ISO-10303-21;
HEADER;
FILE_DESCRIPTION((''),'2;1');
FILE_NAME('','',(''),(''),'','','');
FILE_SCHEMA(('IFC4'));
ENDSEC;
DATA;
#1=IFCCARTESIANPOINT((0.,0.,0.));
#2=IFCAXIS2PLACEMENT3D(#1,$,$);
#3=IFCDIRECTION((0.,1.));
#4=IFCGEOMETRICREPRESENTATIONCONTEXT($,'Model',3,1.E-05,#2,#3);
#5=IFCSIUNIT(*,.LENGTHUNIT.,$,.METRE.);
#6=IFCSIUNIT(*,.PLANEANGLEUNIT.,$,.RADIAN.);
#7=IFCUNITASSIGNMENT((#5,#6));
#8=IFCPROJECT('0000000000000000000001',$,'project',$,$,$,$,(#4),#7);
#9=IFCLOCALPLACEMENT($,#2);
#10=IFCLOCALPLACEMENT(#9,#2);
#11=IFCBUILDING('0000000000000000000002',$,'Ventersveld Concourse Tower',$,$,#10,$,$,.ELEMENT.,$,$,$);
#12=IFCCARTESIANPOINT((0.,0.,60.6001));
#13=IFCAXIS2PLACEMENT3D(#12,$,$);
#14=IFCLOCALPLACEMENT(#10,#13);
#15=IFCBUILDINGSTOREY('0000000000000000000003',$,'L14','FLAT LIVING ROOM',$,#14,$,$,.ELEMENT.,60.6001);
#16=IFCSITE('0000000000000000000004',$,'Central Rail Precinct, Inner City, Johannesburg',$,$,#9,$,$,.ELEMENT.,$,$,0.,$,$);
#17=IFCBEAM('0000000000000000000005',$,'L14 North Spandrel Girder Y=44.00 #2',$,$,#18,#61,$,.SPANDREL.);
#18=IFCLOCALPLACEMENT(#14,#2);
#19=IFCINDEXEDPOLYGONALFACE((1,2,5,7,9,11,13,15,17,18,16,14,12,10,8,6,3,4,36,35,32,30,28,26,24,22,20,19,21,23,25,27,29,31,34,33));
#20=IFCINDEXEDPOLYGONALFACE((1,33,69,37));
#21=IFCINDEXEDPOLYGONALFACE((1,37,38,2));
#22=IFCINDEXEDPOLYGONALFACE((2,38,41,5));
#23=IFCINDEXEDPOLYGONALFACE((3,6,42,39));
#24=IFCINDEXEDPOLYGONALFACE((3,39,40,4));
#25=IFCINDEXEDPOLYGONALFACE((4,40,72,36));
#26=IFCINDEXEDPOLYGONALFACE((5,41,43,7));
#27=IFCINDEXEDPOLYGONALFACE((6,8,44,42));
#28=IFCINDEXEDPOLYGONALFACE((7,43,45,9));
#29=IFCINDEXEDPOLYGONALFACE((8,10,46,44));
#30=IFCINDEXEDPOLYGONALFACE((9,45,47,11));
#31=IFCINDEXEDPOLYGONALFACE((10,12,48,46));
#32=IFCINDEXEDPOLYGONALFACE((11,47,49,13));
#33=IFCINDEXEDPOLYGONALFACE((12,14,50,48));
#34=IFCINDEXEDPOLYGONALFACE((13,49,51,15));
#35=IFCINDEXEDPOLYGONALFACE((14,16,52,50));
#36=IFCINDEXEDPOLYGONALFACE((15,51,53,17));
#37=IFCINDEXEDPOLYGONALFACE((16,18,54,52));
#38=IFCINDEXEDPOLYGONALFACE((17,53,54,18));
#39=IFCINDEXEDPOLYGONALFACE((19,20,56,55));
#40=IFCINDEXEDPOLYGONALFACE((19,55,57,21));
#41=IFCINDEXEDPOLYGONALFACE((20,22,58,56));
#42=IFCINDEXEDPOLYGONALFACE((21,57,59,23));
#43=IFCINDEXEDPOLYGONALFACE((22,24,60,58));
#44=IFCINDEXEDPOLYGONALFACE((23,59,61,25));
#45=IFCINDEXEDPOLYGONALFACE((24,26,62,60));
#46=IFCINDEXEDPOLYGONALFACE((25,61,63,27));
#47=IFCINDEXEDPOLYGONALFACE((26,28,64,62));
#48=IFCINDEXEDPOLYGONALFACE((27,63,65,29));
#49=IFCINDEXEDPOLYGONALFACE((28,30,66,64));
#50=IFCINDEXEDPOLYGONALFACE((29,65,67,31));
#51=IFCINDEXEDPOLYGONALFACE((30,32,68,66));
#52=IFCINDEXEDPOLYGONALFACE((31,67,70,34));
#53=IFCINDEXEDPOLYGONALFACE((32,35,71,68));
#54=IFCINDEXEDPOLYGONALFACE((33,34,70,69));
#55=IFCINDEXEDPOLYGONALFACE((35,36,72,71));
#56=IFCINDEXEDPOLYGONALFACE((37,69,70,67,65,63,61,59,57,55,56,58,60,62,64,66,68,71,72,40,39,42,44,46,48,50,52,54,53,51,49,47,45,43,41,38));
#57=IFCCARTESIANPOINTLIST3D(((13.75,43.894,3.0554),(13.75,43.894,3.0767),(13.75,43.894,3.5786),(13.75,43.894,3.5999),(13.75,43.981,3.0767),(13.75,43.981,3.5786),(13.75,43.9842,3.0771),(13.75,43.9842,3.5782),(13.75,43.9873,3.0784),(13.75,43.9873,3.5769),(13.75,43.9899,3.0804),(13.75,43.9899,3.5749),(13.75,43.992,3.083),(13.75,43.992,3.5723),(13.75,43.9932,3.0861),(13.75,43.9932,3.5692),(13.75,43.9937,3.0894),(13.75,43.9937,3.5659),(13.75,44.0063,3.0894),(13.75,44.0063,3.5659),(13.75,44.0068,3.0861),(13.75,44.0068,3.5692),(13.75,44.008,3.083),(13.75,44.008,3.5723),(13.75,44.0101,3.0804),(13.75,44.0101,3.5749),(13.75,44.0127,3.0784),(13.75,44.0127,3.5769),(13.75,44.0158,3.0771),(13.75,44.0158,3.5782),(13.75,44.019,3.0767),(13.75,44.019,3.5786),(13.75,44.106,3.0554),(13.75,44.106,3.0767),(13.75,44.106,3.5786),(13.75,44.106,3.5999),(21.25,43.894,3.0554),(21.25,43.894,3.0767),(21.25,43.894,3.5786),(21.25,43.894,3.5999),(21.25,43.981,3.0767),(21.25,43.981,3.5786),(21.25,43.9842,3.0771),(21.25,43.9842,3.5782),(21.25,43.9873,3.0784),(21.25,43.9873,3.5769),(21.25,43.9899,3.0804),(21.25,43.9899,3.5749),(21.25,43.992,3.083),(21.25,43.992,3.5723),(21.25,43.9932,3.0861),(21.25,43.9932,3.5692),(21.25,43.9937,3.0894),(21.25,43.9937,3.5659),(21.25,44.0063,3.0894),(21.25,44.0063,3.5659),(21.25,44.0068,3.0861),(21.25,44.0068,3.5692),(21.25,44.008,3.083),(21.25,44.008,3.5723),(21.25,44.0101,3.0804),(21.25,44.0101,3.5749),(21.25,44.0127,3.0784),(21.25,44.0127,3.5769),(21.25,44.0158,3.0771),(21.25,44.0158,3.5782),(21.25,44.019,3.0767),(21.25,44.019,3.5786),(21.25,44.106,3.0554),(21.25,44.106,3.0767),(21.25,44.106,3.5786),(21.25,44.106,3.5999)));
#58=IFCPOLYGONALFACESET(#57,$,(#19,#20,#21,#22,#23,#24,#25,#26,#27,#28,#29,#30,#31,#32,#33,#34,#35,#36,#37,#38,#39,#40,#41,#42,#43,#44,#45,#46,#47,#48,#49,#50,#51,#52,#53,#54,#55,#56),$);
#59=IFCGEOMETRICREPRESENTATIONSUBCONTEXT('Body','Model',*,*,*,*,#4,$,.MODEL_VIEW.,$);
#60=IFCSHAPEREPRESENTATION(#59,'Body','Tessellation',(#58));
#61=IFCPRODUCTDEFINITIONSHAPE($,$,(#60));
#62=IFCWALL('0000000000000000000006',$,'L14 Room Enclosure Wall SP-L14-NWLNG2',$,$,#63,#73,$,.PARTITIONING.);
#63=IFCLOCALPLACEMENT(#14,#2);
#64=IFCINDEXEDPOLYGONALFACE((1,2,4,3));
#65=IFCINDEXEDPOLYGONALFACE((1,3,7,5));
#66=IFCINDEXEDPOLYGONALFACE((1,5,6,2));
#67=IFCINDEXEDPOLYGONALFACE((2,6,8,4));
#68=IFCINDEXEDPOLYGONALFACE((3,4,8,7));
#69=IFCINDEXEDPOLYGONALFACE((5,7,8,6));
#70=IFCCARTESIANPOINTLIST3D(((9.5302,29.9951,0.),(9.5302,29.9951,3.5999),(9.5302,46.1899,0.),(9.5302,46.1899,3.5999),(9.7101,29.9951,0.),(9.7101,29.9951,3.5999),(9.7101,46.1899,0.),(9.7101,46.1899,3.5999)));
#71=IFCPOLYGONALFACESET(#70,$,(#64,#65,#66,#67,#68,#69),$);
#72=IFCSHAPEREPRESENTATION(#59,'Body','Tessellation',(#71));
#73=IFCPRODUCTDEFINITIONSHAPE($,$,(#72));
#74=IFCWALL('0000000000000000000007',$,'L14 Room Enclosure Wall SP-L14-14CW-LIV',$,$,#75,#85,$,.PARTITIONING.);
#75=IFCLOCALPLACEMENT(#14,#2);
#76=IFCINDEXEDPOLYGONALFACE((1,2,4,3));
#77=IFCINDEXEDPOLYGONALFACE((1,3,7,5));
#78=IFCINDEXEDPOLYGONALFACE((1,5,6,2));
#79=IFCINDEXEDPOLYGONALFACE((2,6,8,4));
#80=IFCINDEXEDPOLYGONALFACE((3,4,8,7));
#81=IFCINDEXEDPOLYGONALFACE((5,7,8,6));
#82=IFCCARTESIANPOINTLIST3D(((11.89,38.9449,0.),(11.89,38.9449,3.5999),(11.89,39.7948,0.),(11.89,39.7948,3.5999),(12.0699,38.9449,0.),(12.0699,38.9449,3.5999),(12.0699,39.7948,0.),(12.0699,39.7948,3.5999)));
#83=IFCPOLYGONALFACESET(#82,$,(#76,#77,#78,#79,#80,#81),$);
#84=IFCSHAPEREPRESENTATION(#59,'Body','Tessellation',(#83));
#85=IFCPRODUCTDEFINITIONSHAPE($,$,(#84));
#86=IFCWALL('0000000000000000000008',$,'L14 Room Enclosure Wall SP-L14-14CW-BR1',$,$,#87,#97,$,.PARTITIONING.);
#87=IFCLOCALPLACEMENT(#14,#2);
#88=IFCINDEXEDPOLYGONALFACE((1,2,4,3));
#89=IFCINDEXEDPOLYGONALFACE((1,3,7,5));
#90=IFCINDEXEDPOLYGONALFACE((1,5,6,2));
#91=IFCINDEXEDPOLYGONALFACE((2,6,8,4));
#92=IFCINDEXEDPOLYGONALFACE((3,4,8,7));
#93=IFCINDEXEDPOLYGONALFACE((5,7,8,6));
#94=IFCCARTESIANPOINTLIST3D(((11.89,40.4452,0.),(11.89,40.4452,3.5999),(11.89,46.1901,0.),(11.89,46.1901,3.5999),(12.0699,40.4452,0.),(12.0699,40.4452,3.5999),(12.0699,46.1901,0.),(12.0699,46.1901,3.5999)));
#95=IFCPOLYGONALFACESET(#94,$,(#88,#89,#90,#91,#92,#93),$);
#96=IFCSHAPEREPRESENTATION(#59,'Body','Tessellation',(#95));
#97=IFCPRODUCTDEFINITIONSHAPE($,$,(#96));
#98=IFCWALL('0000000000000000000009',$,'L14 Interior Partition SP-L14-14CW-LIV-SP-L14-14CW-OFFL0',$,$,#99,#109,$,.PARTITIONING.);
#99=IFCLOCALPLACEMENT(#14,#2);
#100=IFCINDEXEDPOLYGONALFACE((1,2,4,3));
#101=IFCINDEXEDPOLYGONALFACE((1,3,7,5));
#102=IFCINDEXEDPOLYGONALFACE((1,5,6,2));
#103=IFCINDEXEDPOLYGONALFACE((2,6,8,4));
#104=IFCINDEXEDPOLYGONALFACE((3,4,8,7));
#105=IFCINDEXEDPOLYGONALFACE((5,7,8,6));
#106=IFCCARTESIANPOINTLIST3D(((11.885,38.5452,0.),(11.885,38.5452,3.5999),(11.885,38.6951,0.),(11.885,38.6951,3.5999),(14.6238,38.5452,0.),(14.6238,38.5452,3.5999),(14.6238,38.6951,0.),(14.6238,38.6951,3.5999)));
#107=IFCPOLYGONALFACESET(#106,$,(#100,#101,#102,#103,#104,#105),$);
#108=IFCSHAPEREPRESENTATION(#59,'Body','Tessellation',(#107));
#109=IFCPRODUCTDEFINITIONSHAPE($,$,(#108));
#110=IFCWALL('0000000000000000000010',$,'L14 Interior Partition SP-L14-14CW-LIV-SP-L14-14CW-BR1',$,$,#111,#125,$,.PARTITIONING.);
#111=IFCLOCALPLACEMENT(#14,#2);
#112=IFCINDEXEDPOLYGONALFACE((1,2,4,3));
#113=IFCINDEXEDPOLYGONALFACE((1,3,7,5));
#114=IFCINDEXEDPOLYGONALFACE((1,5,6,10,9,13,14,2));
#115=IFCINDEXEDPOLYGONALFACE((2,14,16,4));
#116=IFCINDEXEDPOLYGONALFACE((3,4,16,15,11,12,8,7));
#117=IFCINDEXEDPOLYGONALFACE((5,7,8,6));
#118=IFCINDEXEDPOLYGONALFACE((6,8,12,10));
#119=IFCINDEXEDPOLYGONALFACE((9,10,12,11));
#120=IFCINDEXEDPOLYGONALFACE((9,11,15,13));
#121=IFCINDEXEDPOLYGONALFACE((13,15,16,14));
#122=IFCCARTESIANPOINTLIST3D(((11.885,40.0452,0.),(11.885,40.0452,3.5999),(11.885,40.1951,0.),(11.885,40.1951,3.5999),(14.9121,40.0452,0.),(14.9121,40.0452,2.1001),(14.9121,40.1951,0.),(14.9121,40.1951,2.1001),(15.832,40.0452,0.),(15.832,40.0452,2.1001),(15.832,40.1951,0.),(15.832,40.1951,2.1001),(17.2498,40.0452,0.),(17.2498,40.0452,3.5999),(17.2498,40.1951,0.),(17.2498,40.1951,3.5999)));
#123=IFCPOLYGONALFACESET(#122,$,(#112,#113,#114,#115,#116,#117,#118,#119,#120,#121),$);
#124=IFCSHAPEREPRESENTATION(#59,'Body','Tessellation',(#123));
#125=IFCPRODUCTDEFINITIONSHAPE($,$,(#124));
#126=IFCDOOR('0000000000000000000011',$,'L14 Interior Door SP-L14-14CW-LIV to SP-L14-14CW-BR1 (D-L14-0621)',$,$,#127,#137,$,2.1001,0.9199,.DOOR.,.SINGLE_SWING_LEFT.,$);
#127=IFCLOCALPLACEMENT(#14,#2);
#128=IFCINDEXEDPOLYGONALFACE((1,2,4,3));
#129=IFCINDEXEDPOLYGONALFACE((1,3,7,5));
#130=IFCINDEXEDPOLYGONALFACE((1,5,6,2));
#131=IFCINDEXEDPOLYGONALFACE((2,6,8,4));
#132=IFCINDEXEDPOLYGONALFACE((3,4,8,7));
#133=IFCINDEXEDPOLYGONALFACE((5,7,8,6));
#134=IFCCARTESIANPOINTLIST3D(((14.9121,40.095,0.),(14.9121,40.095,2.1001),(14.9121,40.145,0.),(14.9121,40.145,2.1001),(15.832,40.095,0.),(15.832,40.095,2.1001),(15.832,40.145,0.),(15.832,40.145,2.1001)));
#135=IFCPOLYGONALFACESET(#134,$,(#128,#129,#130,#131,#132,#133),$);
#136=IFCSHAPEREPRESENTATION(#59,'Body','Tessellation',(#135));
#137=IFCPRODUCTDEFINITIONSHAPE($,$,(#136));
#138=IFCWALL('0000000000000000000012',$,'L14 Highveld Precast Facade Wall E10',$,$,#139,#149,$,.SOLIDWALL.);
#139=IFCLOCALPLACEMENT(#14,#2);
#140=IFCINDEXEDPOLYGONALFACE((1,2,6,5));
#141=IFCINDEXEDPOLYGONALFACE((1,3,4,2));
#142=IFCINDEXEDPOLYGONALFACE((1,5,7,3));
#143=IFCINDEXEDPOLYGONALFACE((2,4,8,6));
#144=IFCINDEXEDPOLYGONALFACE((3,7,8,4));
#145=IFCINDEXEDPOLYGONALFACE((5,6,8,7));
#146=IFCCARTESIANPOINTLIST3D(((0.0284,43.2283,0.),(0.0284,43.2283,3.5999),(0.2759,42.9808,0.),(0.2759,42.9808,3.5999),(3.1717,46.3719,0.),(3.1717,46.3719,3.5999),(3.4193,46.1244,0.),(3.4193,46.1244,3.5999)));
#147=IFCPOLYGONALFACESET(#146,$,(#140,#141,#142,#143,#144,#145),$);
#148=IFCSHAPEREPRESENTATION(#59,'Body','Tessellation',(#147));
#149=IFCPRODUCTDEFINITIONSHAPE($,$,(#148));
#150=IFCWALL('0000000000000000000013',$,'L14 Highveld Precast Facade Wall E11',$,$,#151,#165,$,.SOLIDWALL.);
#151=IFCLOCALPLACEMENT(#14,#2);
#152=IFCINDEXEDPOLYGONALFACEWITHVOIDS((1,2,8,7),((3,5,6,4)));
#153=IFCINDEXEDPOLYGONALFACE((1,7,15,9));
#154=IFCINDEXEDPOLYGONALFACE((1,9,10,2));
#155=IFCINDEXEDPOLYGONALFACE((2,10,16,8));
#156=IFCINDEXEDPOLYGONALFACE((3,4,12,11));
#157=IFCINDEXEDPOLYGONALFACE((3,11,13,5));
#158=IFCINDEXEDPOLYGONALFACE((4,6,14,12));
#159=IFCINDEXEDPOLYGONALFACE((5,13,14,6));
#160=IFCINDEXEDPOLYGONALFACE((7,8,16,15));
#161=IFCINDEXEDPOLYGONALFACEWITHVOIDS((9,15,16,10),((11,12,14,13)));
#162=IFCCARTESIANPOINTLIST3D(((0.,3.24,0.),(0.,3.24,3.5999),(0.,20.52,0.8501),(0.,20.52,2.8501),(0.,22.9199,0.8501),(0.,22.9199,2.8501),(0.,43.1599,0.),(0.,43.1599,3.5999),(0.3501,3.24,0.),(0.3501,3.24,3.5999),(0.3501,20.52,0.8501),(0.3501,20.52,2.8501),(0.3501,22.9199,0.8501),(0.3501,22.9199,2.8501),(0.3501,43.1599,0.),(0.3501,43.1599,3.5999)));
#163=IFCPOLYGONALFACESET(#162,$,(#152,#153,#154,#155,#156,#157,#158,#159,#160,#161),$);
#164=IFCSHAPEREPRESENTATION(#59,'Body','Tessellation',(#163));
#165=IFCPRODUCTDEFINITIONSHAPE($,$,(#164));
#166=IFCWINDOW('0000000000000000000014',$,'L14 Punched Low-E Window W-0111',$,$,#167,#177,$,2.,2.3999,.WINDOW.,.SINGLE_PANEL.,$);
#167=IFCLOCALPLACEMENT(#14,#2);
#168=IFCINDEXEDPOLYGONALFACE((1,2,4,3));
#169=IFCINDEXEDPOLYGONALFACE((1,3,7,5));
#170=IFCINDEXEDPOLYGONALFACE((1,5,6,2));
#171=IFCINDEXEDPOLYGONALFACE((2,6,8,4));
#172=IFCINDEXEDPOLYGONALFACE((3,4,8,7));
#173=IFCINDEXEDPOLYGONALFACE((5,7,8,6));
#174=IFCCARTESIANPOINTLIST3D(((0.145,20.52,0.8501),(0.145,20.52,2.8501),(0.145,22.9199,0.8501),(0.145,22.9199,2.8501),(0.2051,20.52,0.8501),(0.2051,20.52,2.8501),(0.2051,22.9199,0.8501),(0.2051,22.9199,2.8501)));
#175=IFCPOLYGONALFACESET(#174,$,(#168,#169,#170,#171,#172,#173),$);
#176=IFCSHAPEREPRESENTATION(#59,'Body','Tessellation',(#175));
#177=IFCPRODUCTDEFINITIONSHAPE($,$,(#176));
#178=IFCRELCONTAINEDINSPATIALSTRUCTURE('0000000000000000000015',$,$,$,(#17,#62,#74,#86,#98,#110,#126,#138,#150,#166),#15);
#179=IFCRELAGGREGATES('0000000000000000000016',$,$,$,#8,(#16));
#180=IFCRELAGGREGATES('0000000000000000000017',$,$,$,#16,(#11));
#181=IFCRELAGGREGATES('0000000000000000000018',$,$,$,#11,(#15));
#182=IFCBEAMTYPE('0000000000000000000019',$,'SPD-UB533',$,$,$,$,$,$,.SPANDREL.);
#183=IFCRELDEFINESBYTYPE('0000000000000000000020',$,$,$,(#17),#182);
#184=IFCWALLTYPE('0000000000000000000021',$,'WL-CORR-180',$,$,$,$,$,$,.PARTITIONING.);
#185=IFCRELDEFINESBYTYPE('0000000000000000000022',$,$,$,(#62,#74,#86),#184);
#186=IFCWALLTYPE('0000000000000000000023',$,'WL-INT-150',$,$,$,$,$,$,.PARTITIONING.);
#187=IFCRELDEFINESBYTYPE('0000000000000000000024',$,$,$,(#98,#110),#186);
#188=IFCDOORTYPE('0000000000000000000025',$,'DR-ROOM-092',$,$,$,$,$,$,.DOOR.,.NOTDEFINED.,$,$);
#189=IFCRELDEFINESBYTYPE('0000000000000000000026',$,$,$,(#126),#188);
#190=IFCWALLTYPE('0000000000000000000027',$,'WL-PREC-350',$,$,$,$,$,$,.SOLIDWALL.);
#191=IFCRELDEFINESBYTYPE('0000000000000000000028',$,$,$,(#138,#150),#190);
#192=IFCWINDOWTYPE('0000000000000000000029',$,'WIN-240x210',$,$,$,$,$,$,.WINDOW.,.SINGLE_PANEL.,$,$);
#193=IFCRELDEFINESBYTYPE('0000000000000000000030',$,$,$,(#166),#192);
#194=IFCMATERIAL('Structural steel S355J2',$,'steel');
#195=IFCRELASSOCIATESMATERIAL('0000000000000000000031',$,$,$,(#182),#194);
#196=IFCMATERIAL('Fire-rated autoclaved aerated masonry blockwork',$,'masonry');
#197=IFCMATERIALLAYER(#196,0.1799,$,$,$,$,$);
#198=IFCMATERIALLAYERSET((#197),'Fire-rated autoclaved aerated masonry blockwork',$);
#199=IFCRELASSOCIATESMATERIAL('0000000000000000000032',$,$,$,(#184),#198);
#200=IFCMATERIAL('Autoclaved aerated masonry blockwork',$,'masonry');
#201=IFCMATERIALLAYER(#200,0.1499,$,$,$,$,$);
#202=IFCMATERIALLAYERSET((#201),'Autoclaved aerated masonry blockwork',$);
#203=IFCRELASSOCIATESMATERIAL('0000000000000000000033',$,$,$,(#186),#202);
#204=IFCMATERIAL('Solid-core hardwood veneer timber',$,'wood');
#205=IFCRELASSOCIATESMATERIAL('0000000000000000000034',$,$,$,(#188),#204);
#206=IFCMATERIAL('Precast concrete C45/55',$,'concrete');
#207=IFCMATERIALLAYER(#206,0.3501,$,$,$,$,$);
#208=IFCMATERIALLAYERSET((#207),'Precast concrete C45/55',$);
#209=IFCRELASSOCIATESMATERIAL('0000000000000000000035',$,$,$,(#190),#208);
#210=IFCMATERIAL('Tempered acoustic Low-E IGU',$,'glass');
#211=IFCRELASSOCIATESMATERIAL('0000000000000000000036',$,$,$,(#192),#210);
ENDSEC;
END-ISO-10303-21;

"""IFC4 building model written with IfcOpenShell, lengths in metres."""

from ifc_helpers import new_model, si_unit, direction, frame, frame_2d, origin, origin_2d, place, context, subcontext, project, spatial, rectangle, i_section, extrude, material, layer, layer_set, material_profile, profile_set, type_object, element, fill, save


model = new_model("IFC4")

# Units and contexts
model_context = context("Model", 3, precision=1e-05, world=origin(), true_north=direction((0.0, 1.0)))
body_context = subcontext(model_context, "Body", "Model", "MODEL_VIEW")
ifc_project = project(units=[si_unit("LENGTHUNIT", "METRE"), si_unit("PLANEANGLEUNIT", "RADIAN")], contexts=[model_context])

# Site, building, storey
site_placement = place(None, origin())
site = spatial("IfcSite", under=ifc_project, at=site_placement, Name="Central Rail Precinct, Inner City, Johannesburg", CompositionType="ELEMENT", RefElevation=0.0)
building_placement = place(site_placement, origin())
building = spatial("IfcBuilding", under=site, at=building_placement, Name="Ventersveld Concourse Tower", CompositionType="ELEMENT")
storey_placement = place(building_placement, frame((0.0, 0.0, 60.6001)))
storey = spatial("IfcBuildingStorey", under=building, at=storey_placement, Name="L14", Description="FLAT LIVING ROOM", CompositionType="ELEMENT", Elevation=60.6001)

# Beam
ifc_material_1 = material(Name="Structural steel S355J2", Category="steel")
ifc_material_profile_1 = material_profile(ifc_material_1, i_section(OverallWidth=0.2119, OverallDepth=0.5444, WebThickness=0.0127, FlangeThickness=0.0212, FilletRadius=0.0127, at=origin_2d()), Name="UB 533x210x122")
ifc_profile_set_1 = profile_set([ifc_material_profile_1], Name="Structural steel S355J2")
beam_type_1 = type_object("IfcBeamType", Name="SPD-UB533", PredefinedType="SPANDREL", material=ifc_profile_set_1)
beam_1_placement = place(storey_placement, frame((13.75, 44.0, 3.3276), z_axis=(1.0, 0.0, 0.0), x_axis=(0.0, 1.0, 0.0)))
element("IfcBeam", 1, at=beam_1_placement, inside=storey, type_object=beam_type_1, Name="L14 North Spandrel Girder Y=44.00 #2", PredefinedType="SPANDREL", context=body_context, shape_type="SweptSolid", body=[
    extrude(i_section(OverallWidth=0.2119, OverallDepth=0.5444, WebThickness=0.0127, FlangeThickness=0.0212, FilletRadius=0.0127, at=origin_2d()), origin(), (0.0, 0.0, 1.0), 7.5),
])

# Walls
ifc_material_2 = material(Name="Fire-rated autoclaved aerated masonry blockwork", Category="masonry")
ifc_layer_1 = layer(ifc_material_2, 0.1799)
ifc_layer_set_1 = layer_set([ifc_layer_1], Name="Fire-rated autoclaved aerated masonry blockwork")
wall_type_1 = type_object("IfcWallType", Name="WL-CORR-180", PredefinedType="PARTITIONING", material=ifc_layer_set_1)
wall_1_placement = place(storey_placement, frame((9.6201, 46.1899, 0.0), z_axis=(0.0, 0.0, 1.0), x_axis=(0.0, -1.0, 0.0)))
element("IfcWall", 2, at=wall_1_placement, inside=storey, type_object=wall_type_1, Name="L14 Room Enclosure Wall SP-L14-NWLNG2", PredefinedType="PARTITIONING", context=body_context, shape_type="SweptSolid", body=[
    extrude(rectangle(XDim=16.1948, YDim=0.1799, at=frame_2d((8.0974, 0.0))), origin(), (0.0, 0.0, 1.0), 3.5999),
])
wall_2_placement = place(storey_placement, frame((11.98, 38.9451, 0.0), z_axis=(0.0, 0.0, 1.0), x_axis=(0.0, 1.0, 0.0)))
element("IfcWall", 3, at=wall_2_placement, inside=storey, type_object=wall_type_1, Name="L14 Room Enclosure Wall SP-L14-14CW-LIV", PredefinedType="PARTITIONING", context=body_context, shape_type="SweptSolid", body=[
    extrude(rectangle(XDim=0.8499, YDim=0.1799, at=frame_2d((0.4248, 0.0))), origin(), (0.0, 0.0, 1.0), 3.5999),
])
wall_3_placement = place(storey_placement, frame((11.98, 40.4451, 0.0), z_axis=(0.0, 0.0, 1.0), x_axis=(0.0, 1.0, 0.0)))
element("IfcWall", 4, at=wall_3_placement, inside=storey, type_object=wall_type_1, Name="L14 Room Enclosure Wall SP-L14-14CW-BR1", PredefinedType="PARTITIONING", context=body_context, shape_type="SweptSolid", body=[
    extrude(rectangle(XDim=5.7449, YDim=0.1799, at=frame_2d((2.8726, 0.0))), origin(), (0.0, 0.0, 1.0), 3.5999),
])
ifc_material_3 = material(Name="Autoclaved aerated masonry blockwork", Category="masonry")
ifc_layer_2 = layer(ifc_material_3, 0.1499)
ifc_layer_set_2 = layer_set([ifc_layer_2], Name="Autoclaved aerated masonry blockwork")
wall_type_2 = type_object("IfcWallType", Name="WL-INT-150", PredefinedType="PARTITIONING", material=ifc_layer_set_2)
wall_4_placement = place(storey_placement, frame((11.885, 38.6201, 0.0), z_axis=(0.0, 0.0, 1.0), x_axis=(1.0, 0.0, 0.0)))
element("IfcWall", 5, at=wall_4_placement, inside=storey, type_object=wall_type_2, Name="L14 Interior Partition SP-L14-14CW-LIV-SP-L14-14CW-OFFL0", PredefinedType="PARTITIONING", context=body_context, shape_type="SweptSolid", body=[
    extrude(rectangle(XDim=2.7388, YDim=0.1499, at=frame_2d((1.3694, 0.0))), origin(), (0.0, 0.0, 1.0), 3.5999),
])

# Wall, opening, door
wall_5_placement = place(storey_placement, frame((11.885, 40.1201, 0.0), z_axis=(0.0, 0.0, 1.0), x_axis=(1.0, 0.0, 0.0)))
wall_5 = element("IfcWall", 6, at=wall_5_placement, inside=storey, type_object=wall_type_2, Name="L14 Interior Partition SP-L14-14CW-LIV-SP-L14-14CW-BR1", PredefinedType="PARTITIONING", context=body_context, shape_type="SweptSolid", body=[
    extrude(rectangle(XDim=5.3647, YDim=0.1499, at=frame_2d((2.6824, 0.0))), origin(), (0.0, 0.0, 1.0), 3.5999),
])
opening_1_placement = place(wall_5_placement, frame((3.0271, 0.0, 0.0)))
opening_1 = element("IfcOpeningElement", 7, at=opening_1_placement, cuts=wall_5, PredefinedType="OPENING", context=body_context, shape_type="SweptSolid", body=[
    extrude(rectangle(XDim=0.9199, YDim=2.1001, at=frame_2d((0.46, 1.05))), frame((0.0, 0.085, 0.0), z_axis=(0.0, -1.0, 0.0), x_axis=(1.0, 0.0, 0.0)), (0.0, 0.0, 1.0), 0.1699),
])
ifc_material_4 = material(Name="Solid-core hardwood veneer timber", Category="wood")
door_type = type_object("IfcDoorType", Name="DR-ROOM-092", OperationType="NOTDEFINED", PredefinedType="DOOR", material=ifc_material_4)
door_placement = place(opening_1_placement, origin())
door = element("IfcDoor", 8, at=door_placement, inside=storey, type_object=door_type, Name="L14 Interior Door SP-L14-14CW-LIV to SP-L14-14CW-BR1 (D-L14-0621)", OperationType="SINGLE_SWING_LEFT", OverallHeight=2.1001, OverallWidth=0.9199, PredefinedType="DOOR", context=body_context, shape_type="SweptSolid", body=[
    extrude(rectangle(XDim=0.9199, YDim=2.1001, at=frame_2d((0.46, 1.05))), frame((0.0, 0.0249, 0.0), z_axis=(0.0, -1.0, 0.0), x_axis=(1.0, 0.0, 0.0)), (0.0, 0.0, 1.0), 0.05),
])
fill(opening_1, door)

# Wall
ifc_material_5 = material(Name="Precast concrete C45/55", Category="concrete")
ifc_layer_3 = layer(ifc_material_5, 0.3501)
ifc_layer_set_3 = layer_set([ifc_layer_3], Name="Precast concrete C45/55")
wall_type_3 = type_object("IfcWallType", Name="WL-PREC-350", PredefinedType="SOLIDWALL", material=ifc_layer_set_3)
wall_6_placement = place(storey_placement, frame((3.2954, 46.248, 0.0), z_axis=(0.0, 0.0, 1.0), x_axis=(-0.707079, -0.707134, 0.0)))
element("IfcWall", 9, at=wall_6_placement, inside=storey, type_object=wall_type_3, Name="L14 Highveld Precast Facade Wall E10", PredefinedType="SOLIDWALL", context=body_context, shape_type="SweptSolid", body=[
    extrude(rectangle(XDim=4.4456, YDim=0.3501, at=frame_2d((2.2227, 0.0))), origin(), (0.0, 0.0, 1.0), 3.5999),
])

# Wall, opening, window
wall_7_placement = place(storey_placement, frame((0.175, 43.1599, 0.0), z_axis=(0.0, 0.0, 1.0), x_axis=(0.0, -1.0, 0.0)))
wall_7 = element("IfcWall", 10, at=wall_7_placement, inside=storey, type_object=wall_type_3, Name="L14 Highveld Precast Facade Wall E11", PredefinedType="SOLIDWALL", context=body_context, shape_type="SweptSolid", body=[
    extrude(rectangle(XDim=39.9199, YDim=0.3501, at=frame_2d((19.96, 0.0))), origin(), (0.0, 0.0, 1.0), 3.5999),
])
opening_2_placement = place(wall_7_placement, frame((20.24, 0.0, 0.8501)))
opening_2 = element("IfcOpeningElement", 11, at=opening_2_placement, cuts=wall_7, PredefinedType="OPENING", context=body_context, shape_type="SweptSolid", body=[
    extrude(rectangle(XDim=2.3999, YDim=2.0, at=frame_2d((1.2, 1.0))), frame((0.0, 0.1851, 0.0), z_axis=(0.0, -1.0, 0.0), x_axis=(1.0, 0.0, 0.0)), (0.0, 0.0, 1.0), 0.3701),
])
ifc_material_6 = material(Name="Tempered acoustic Low-E IGU", Category="glass")
window_type = type_object("IfcWindowType", Name="WIN-240x210", PartitioningType="SINGLE_PANEL", PredefinedType="WINDOW", material=ifc_material_6)
window_placement = place(opening_2_placement, origin())
window = element("IfcWindow", 12, at=window_placement, inside=storey, type_object=window_type, Name="L14 Punched Low-E Window W-0111", OverallHeight=2.0, OverallWidth=2.3999, PartitioningType="SINGLE_PANEL", PredefinedType="WINDOW", context=body_context, shape_type="SweptSolid", body=[
    extrude(rectangle(XDim=2.3999, YDim=2.0, at=frame_2d((1.2, 1.0))), frame((0.0, 0.03, 0.0), z_axis=(0.0, -1.0, 0.0), x_axis=(1.0, 0.0, 0.0)), (0.0, 0.0, 1.0), 0.0601),
])
fill(opening_2, window)

save(model, "model.ifc")
